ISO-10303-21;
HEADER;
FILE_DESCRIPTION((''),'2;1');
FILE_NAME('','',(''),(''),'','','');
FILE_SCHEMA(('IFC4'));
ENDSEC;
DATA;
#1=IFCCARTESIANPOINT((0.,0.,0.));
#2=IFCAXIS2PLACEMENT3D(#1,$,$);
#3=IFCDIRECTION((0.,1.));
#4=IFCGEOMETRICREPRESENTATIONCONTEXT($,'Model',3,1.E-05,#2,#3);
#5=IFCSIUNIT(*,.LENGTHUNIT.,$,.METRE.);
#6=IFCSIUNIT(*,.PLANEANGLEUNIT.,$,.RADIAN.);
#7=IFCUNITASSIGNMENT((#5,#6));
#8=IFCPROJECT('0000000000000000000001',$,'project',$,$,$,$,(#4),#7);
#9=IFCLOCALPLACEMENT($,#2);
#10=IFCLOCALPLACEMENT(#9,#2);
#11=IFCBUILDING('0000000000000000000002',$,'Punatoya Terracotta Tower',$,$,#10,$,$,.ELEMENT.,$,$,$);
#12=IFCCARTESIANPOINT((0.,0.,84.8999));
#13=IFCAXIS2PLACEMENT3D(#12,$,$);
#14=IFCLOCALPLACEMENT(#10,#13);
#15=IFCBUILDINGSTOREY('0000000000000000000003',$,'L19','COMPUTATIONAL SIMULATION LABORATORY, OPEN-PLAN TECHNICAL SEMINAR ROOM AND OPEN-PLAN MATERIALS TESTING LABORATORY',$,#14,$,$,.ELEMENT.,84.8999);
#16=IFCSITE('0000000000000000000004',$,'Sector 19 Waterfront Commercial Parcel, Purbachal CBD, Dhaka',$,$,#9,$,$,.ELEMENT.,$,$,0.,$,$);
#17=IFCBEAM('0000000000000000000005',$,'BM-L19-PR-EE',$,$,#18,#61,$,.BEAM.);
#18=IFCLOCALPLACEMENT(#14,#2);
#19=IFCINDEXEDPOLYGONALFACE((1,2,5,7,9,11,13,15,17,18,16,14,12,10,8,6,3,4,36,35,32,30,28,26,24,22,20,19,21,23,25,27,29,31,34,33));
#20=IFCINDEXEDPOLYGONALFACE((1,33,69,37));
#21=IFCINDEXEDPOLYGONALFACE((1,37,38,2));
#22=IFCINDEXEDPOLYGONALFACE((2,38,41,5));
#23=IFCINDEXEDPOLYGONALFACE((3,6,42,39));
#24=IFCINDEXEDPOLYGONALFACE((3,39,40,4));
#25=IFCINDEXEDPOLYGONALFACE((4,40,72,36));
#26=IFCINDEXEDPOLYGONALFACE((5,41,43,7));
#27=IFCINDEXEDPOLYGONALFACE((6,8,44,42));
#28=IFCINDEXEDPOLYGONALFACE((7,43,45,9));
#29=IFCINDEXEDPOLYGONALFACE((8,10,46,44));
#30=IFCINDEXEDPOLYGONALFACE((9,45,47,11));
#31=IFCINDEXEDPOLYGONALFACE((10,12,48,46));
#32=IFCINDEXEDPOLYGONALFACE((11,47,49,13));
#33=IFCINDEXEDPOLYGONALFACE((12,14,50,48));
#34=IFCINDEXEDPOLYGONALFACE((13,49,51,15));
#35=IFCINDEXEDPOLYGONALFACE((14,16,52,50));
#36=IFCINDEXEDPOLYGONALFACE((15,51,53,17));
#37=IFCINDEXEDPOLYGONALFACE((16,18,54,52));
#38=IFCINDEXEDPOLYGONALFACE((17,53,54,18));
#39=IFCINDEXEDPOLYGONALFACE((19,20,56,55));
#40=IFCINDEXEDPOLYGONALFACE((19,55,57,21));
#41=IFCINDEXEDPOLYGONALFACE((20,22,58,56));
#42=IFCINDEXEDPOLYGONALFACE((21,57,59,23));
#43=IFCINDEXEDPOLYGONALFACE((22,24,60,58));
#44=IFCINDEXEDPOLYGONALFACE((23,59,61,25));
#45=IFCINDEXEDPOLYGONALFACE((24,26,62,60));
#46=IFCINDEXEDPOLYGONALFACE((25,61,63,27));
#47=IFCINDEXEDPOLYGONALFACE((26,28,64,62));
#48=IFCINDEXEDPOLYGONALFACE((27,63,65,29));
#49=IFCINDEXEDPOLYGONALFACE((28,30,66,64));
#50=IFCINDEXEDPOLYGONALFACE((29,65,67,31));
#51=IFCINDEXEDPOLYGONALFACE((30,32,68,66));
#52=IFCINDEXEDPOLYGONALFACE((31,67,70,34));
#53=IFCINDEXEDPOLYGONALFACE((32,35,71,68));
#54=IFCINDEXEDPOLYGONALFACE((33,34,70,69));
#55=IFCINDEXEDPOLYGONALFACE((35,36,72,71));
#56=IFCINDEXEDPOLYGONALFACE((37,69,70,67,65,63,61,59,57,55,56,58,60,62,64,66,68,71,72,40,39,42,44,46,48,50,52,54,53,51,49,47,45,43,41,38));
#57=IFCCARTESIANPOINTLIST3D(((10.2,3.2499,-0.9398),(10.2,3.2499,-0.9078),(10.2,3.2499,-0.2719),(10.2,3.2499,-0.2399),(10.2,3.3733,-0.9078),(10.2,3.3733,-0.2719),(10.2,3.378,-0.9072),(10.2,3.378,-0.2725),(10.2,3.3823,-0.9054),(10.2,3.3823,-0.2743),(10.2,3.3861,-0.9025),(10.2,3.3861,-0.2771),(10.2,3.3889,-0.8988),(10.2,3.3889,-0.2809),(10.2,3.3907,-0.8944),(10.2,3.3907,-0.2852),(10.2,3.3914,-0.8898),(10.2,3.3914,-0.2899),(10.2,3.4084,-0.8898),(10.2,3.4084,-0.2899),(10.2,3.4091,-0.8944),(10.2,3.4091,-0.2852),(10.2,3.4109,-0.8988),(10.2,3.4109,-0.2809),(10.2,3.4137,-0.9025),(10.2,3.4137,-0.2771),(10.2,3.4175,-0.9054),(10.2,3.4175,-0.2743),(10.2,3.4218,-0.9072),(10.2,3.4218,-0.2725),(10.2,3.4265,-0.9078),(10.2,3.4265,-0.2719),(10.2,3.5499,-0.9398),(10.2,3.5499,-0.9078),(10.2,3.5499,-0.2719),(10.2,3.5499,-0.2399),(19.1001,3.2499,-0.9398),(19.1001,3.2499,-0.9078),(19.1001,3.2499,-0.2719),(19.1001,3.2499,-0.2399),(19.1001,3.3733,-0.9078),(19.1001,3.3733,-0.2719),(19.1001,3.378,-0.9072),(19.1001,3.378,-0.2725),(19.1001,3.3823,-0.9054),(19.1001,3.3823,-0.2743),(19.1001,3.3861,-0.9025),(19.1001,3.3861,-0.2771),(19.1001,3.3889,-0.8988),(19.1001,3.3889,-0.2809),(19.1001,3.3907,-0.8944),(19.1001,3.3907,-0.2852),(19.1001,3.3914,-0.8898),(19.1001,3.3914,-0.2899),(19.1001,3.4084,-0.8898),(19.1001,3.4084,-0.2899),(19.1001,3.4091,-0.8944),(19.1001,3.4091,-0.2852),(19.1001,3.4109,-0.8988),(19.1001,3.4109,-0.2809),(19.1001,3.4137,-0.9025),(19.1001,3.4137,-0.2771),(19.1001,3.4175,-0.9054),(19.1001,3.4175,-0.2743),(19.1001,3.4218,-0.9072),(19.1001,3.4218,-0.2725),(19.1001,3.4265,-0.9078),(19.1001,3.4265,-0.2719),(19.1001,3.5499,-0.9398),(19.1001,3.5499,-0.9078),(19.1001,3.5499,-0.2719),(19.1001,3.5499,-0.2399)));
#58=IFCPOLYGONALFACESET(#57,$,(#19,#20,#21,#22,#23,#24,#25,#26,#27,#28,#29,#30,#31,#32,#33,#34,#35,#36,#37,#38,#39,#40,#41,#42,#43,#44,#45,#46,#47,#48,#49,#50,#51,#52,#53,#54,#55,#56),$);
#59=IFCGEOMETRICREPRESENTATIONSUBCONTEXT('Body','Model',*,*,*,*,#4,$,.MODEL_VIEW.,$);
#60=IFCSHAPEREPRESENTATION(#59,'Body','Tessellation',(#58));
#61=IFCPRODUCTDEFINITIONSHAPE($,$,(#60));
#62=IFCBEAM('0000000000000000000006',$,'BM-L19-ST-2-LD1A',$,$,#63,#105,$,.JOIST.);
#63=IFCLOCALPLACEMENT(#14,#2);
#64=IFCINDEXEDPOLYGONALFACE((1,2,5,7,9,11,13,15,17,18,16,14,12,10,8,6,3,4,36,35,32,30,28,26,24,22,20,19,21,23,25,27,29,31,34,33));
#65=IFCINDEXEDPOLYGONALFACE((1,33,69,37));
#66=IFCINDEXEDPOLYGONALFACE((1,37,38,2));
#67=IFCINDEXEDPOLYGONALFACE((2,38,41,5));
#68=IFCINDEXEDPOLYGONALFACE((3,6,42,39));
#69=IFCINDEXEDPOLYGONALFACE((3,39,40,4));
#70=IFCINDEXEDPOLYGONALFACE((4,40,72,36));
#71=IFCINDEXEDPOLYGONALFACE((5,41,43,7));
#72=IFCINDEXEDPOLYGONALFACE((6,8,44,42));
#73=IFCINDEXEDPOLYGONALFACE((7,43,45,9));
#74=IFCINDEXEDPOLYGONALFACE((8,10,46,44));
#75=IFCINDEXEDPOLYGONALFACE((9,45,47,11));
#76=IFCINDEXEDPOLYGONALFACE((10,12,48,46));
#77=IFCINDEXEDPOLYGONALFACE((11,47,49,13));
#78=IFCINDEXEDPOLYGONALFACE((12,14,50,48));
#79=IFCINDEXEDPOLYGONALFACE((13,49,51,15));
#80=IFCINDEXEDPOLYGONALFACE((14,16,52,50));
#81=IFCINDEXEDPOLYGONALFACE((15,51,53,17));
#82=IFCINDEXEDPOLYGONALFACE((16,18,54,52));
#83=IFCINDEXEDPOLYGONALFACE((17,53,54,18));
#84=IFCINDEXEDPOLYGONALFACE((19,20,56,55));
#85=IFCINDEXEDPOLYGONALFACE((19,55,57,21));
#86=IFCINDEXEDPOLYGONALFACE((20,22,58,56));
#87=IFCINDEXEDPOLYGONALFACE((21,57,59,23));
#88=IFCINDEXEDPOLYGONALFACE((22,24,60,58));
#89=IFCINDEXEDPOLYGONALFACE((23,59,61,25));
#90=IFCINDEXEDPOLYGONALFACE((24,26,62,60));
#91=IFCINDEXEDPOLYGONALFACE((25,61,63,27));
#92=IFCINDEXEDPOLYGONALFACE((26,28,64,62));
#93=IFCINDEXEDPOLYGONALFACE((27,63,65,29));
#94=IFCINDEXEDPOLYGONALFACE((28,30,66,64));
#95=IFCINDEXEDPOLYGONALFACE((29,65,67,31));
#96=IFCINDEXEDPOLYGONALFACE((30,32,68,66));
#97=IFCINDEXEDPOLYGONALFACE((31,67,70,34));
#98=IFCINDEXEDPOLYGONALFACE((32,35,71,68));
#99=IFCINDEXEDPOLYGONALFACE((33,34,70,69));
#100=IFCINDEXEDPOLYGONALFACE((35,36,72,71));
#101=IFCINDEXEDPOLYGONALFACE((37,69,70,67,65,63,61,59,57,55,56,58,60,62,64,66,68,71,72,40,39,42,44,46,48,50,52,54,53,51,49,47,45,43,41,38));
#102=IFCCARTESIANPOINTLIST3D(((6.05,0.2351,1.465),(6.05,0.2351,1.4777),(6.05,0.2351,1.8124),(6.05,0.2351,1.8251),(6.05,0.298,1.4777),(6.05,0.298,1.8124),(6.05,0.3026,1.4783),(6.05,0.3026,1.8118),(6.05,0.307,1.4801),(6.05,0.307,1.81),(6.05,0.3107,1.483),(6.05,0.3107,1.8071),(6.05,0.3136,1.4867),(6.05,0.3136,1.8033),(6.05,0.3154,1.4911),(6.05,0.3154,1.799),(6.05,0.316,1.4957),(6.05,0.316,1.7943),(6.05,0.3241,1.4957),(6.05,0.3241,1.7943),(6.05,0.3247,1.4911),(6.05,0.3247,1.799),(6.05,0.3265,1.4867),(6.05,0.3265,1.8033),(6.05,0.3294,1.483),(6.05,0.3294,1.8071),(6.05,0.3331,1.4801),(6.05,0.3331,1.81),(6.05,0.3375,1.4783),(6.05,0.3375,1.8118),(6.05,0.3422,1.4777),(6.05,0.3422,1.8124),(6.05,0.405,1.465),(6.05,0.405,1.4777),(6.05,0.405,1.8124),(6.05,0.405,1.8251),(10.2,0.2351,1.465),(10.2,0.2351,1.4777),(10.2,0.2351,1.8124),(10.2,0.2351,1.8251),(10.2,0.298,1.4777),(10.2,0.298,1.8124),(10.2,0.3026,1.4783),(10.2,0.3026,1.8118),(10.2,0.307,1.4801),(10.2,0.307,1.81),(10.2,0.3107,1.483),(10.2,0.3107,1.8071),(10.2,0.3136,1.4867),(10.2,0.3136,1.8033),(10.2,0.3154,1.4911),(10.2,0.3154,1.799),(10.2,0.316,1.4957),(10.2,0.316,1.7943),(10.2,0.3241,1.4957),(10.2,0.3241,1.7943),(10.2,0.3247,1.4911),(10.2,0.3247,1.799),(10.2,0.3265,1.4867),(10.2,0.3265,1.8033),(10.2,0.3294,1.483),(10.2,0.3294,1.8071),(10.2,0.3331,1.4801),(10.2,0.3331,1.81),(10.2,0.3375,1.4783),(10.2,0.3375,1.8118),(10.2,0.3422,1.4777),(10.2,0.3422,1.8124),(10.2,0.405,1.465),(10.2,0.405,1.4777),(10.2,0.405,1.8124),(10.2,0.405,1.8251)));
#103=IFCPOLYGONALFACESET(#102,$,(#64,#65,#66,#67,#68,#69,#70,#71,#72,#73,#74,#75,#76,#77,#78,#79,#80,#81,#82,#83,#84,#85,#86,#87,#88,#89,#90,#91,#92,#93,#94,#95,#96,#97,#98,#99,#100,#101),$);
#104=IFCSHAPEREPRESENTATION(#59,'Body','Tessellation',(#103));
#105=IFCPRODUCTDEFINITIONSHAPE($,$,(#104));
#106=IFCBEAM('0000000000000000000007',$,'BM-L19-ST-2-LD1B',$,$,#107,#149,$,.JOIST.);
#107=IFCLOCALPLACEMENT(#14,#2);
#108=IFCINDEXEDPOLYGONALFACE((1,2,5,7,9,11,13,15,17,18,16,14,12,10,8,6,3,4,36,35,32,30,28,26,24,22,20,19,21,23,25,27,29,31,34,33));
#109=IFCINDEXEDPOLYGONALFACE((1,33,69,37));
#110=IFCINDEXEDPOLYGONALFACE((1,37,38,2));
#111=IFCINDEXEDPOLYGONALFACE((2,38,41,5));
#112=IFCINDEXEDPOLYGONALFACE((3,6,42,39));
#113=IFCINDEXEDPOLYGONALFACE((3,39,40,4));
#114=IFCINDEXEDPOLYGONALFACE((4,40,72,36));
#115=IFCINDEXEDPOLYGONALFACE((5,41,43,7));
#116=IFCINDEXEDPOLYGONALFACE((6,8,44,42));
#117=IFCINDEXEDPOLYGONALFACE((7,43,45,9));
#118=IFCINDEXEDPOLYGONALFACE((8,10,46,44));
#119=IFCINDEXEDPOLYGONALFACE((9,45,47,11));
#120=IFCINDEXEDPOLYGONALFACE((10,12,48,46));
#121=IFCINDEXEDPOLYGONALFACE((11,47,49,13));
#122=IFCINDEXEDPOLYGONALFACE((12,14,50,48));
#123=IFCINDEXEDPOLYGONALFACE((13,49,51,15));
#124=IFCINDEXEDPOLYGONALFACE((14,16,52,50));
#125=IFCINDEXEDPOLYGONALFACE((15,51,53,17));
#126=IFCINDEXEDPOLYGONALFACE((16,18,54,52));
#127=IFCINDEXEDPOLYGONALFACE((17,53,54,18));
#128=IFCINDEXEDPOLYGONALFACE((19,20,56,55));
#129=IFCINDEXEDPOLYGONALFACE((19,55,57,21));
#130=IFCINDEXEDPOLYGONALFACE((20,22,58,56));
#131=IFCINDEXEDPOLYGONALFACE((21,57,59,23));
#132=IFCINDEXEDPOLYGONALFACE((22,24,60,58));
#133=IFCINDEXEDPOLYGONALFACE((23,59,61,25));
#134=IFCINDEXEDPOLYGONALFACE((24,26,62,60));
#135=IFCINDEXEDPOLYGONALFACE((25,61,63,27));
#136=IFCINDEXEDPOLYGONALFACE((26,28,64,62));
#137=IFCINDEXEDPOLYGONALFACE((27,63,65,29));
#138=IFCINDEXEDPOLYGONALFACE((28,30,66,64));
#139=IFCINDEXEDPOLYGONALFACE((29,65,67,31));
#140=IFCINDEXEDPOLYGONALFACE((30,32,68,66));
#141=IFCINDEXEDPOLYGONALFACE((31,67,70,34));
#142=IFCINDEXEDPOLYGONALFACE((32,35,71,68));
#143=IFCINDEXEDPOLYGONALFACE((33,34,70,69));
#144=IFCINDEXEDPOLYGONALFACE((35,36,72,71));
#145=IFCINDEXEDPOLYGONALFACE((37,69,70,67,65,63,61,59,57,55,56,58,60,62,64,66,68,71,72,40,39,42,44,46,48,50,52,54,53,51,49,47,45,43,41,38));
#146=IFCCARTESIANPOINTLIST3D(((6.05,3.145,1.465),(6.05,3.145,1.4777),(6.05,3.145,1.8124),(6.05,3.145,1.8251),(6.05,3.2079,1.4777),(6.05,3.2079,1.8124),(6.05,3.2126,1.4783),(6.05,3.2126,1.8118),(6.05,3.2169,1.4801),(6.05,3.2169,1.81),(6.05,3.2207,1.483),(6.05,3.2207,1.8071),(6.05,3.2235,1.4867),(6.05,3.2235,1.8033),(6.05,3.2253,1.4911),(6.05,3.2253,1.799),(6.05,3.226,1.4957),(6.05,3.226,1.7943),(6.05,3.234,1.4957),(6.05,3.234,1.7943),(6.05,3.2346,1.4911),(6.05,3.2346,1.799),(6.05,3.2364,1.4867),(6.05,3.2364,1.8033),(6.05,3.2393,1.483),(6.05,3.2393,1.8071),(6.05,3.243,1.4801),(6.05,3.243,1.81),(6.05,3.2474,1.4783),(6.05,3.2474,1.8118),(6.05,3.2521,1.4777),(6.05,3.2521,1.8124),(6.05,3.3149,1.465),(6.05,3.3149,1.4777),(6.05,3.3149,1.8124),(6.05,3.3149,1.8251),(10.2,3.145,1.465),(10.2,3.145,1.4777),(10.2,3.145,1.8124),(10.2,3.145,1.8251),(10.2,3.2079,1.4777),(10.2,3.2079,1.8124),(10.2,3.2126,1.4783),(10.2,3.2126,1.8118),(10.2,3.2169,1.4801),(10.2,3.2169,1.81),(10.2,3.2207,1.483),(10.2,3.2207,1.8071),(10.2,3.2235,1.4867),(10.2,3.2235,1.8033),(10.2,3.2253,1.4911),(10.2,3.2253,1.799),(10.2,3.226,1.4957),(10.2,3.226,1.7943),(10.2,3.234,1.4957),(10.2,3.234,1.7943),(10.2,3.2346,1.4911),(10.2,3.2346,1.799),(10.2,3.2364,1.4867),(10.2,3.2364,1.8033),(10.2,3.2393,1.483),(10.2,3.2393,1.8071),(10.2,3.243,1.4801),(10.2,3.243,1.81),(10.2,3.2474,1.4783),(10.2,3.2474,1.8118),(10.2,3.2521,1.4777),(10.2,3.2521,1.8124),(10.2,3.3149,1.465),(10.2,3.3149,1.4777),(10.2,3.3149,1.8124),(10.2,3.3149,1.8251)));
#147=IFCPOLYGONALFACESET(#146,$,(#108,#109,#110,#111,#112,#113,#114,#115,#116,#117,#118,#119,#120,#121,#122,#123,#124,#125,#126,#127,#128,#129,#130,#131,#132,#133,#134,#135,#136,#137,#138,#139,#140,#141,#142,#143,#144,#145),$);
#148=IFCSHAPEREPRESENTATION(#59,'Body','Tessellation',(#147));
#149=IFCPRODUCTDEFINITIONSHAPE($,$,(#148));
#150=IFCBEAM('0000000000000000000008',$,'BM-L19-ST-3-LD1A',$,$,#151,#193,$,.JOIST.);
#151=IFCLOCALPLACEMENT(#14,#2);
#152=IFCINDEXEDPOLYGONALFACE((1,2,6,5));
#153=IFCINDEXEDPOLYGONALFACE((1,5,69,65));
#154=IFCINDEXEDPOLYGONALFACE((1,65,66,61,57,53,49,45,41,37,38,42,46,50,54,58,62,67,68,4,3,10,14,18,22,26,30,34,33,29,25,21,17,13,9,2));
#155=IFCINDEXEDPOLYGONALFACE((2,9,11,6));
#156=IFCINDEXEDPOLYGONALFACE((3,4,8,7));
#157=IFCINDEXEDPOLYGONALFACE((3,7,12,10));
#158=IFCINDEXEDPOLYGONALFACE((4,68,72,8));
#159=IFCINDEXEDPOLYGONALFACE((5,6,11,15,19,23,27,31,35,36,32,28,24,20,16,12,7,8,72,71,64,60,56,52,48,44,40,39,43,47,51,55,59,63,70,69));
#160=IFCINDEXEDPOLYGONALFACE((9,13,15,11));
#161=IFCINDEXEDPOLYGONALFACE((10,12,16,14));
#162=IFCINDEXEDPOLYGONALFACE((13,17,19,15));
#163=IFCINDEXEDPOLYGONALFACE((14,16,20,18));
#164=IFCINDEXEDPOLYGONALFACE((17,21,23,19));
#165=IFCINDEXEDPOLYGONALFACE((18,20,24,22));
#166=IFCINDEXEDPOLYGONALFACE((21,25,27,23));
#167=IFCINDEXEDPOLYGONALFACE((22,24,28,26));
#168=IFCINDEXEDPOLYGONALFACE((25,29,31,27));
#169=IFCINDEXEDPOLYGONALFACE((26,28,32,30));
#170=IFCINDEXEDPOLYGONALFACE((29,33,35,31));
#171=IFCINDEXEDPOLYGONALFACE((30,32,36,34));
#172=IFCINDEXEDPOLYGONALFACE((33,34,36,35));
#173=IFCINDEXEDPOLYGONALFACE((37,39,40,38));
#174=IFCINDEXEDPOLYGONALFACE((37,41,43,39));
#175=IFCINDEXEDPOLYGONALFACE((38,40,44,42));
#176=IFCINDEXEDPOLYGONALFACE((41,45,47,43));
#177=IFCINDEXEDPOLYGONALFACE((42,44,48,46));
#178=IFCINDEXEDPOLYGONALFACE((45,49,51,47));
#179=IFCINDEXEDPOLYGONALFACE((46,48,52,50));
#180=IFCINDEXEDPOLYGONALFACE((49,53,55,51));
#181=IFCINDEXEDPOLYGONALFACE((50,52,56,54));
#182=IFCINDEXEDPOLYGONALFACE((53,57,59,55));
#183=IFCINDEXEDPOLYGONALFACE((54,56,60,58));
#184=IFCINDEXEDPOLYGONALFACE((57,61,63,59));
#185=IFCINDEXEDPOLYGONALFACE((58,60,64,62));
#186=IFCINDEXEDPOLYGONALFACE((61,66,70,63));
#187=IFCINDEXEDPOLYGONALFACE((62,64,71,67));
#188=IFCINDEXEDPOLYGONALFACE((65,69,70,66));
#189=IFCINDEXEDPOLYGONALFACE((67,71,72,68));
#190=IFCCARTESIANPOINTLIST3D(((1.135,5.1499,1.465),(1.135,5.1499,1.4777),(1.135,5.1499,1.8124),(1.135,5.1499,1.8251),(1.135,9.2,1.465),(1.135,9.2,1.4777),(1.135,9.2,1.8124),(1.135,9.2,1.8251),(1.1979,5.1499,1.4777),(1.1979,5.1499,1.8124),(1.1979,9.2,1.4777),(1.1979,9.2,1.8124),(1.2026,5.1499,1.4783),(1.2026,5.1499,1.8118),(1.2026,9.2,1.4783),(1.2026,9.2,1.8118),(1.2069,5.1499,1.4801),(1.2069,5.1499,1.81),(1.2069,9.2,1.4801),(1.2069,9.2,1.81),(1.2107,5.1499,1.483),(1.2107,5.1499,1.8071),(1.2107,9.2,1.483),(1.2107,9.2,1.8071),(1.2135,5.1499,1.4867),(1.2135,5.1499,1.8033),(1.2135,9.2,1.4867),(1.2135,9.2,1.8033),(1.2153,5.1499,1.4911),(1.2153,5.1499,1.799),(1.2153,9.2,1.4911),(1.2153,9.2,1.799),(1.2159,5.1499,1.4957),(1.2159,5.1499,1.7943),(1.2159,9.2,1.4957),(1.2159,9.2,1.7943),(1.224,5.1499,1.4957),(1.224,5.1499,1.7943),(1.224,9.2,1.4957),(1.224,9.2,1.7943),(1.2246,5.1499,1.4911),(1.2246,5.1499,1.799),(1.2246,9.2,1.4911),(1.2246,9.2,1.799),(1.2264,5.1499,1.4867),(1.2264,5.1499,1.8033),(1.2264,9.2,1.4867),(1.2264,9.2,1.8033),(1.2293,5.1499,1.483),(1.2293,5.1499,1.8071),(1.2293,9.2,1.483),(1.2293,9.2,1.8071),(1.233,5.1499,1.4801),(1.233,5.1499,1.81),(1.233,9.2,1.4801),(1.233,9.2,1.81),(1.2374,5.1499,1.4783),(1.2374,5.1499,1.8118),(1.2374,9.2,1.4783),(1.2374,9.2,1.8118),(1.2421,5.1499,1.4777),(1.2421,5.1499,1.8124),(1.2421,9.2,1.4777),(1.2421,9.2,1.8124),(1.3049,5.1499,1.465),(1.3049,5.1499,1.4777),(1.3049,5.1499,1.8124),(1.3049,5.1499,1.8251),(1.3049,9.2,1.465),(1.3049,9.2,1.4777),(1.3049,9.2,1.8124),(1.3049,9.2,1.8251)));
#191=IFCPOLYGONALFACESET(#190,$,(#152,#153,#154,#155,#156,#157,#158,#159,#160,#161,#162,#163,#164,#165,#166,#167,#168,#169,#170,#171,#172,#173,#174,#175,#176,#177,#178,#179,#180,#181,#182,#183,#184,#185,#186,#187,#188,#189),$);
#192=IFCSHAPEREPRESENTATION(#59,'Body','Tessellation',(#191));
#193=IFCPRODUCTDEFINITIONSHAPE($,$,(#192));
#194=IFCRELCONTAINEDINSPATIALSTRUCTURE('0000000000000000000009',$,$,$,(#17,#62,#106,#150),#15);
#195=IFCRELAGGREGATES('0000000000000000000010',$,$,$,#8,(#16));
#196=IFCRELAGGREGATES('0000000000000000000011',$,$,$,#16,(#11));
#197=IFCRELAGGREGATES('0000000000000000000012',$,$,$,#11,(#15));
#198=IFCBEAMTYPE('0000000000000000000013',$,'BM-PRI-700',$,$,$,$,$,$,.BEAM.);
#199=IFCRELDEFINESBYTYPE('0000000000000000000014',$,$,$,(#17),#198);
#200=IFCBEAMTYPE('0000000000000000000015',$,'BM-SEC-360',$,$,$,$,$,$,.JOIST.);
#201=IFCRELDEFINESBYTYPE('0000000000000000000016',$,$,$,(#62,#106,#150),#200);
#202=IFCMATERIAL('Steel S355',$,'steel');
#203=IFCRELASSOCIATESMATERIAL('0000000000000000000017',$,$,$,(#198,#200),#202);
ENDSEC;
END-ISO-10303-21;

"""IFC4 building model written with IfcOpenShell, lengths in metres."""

from ifc_helpers import new_model, si_unit, direction, frame, origin, origin_2d, place, context, subcontext, project, spatial, i_section, extrude, material, material_profile, profile_set, type_object, element, save


model = new_model("IFC4")

# Units and contexts
model_context = context("Model", 3, precision=1e-05, world=origin(), true_north=direction((0.0, 1.0)))
body_context = subcontext(model_context, "Body", "Model", "MODEL_VIEW")
ifc_project = project(units=[si_unit("LENGTHUNIT", "METRE"), si_unit("PLANEANGLEUNIT", "RADIAN")], contexts=[model_context])

# Site, building, storey
site_placement = place(None, origin())
site = spatial("IfcSite", under=ifc_project, at=site_placement, Name="Sector 19 Waterfront Commercial Parcel, Purbachal CBD, Dhaka", CompositionType="ELEMENT", RefElevation=0.0)
building_placement = place(site_placement, origin())
building = spatial("IfcBuilding", under=site, at=building_placement, Name="Punatoya Terracotta Tower", CompositionType="ELEMENT")
storey_placement = place(building_placement, frame((0.0, 0.0, 84.8999)))
storey = spatial("IfcBuildingStorey", under=building, at=storey_placement, Name="L19", Description="COMPUTATIONAL SIMULATION LABORATORY, OPEN-PLAN TECHNICAL SEMINAR ROOM AND OPEN-PLAN MATERIALS TESTING LABORATORY", CompositionType="ELEMENT", Elevation=84.8999)

# Beams
ifc_material_1 = material(Name="Steel S355", Category="steel")
ifc_material_profile_1 = material_profile(ifc_material_1, i_section(OverallWidth=0.3, OverallDepth=0.7, WebThickness=0.0171, FlangeThickness=0.032, FilletRadius=0.0181, at=origin_2d()))
ifc_profile_set_1 = profile_set([ifc_material_profile_1], Name="Steel S355")
beam_type_1 = type_object("IfcBeamType", Name="BM-PRI-700", PredefinedType="BEAM", material=ifc_profile_set_1)
beam_placement = place(storey_placement, frame((10.2, 3.3999, -0.5898), z_axis=(1.0, 0.0, 0.0), x_axis=(0.0, 1.0, 0.0)))
element("IfcBeam", 1, at=beam_placement, inside=storey, type_object=beam_type_1, Name="BM-L19-PR-EE", PredefinedType="BEAM", context=body_context, shape_type="SweptSolid", body=[
    extrude(i_section(OverallWidth=0.3, OverallDepth=0.7, WebThickness=0.0171, FlangeThickness=0.032, FilletRadius=0.0181, at=origin_2d()), origin(), (0.0, 0.0, 1.0), 8.9001),
])
ifc_material_profile_2 = material_profile(ifc_material_1, i_section(OverallWidth=0.1699, OverallDepth=0.3601, WebThickness=0.0081, FlangeThickness=0.0127, FilletRadius=0.0181, at=origin_2d()))
ifc_profile_set_2 = profile_set([ifc_material_profile_2], Name="Steel S355")
beam_type_2 = type_object("IfcBeamType", Name="BM-SEC-360", PredefinedType="JOIST", material=ifc_profile_set_2)
for number, where, z_axis, x_axis, name in (
    (2, (6.05, 0.3201, 1.645), (1.0, 0.0, 0.0), (0.0, 1.0, 0.0), "BM-L19-ST-2-LD1A"),
    (3, (6.05, 3.23, 1.645), (1.0, 0.0, 0.0), (0.0, 1.0, 0.0), "BM-L19-ST-2-LD1B"),
):
    element("IfcBeam", number, at=place(storey_placement, frame(where, z_axis=z_axis, x_axis=x_axis)), inside=storey, type_object=beam_type_2, Name=name, PredefinedType="JOIST", context=body_context, shape_type="SweptSolid", body=[
        extrude(i_section(OverallWidth=0.1699, OverallDepth=0.3601, WebThickness=0.0081, FlangeThickness=0.0127, FilletRadius=0.0181, at=origin_2d()), origin(), (0.0, 0.0, 1.0), 4.1499),
    ])
for number, where, z_axis, x_axis, name in (
    (4, (1.22, 5.1499, 1.645), (0.0, 1.0, 0.0), (-1.0, 0.0, 0.0), "BM-L19-ST-3-LD1A"),
):
    element("IfcBeam", number, at=place(storey_placement, frame(where, z_axis=z_axis, x_axis=x_axis)), inside=storey, type_object=beam_type_2, Name=name, PredefinedType="JOIST", context=body_context, shape_type="SweptSolid", body=[
        extrude(i_section(OverallWidth=0.1699, OverallDepth=0.3601, WebThickness=0.0081, FlangeThickness=0.0127, FilletRadius=0.0181, at=origin_2d()), origin(), (0.0, 0.0, 1.0), 4.05),
    ])

save(model, "model.ifc")
